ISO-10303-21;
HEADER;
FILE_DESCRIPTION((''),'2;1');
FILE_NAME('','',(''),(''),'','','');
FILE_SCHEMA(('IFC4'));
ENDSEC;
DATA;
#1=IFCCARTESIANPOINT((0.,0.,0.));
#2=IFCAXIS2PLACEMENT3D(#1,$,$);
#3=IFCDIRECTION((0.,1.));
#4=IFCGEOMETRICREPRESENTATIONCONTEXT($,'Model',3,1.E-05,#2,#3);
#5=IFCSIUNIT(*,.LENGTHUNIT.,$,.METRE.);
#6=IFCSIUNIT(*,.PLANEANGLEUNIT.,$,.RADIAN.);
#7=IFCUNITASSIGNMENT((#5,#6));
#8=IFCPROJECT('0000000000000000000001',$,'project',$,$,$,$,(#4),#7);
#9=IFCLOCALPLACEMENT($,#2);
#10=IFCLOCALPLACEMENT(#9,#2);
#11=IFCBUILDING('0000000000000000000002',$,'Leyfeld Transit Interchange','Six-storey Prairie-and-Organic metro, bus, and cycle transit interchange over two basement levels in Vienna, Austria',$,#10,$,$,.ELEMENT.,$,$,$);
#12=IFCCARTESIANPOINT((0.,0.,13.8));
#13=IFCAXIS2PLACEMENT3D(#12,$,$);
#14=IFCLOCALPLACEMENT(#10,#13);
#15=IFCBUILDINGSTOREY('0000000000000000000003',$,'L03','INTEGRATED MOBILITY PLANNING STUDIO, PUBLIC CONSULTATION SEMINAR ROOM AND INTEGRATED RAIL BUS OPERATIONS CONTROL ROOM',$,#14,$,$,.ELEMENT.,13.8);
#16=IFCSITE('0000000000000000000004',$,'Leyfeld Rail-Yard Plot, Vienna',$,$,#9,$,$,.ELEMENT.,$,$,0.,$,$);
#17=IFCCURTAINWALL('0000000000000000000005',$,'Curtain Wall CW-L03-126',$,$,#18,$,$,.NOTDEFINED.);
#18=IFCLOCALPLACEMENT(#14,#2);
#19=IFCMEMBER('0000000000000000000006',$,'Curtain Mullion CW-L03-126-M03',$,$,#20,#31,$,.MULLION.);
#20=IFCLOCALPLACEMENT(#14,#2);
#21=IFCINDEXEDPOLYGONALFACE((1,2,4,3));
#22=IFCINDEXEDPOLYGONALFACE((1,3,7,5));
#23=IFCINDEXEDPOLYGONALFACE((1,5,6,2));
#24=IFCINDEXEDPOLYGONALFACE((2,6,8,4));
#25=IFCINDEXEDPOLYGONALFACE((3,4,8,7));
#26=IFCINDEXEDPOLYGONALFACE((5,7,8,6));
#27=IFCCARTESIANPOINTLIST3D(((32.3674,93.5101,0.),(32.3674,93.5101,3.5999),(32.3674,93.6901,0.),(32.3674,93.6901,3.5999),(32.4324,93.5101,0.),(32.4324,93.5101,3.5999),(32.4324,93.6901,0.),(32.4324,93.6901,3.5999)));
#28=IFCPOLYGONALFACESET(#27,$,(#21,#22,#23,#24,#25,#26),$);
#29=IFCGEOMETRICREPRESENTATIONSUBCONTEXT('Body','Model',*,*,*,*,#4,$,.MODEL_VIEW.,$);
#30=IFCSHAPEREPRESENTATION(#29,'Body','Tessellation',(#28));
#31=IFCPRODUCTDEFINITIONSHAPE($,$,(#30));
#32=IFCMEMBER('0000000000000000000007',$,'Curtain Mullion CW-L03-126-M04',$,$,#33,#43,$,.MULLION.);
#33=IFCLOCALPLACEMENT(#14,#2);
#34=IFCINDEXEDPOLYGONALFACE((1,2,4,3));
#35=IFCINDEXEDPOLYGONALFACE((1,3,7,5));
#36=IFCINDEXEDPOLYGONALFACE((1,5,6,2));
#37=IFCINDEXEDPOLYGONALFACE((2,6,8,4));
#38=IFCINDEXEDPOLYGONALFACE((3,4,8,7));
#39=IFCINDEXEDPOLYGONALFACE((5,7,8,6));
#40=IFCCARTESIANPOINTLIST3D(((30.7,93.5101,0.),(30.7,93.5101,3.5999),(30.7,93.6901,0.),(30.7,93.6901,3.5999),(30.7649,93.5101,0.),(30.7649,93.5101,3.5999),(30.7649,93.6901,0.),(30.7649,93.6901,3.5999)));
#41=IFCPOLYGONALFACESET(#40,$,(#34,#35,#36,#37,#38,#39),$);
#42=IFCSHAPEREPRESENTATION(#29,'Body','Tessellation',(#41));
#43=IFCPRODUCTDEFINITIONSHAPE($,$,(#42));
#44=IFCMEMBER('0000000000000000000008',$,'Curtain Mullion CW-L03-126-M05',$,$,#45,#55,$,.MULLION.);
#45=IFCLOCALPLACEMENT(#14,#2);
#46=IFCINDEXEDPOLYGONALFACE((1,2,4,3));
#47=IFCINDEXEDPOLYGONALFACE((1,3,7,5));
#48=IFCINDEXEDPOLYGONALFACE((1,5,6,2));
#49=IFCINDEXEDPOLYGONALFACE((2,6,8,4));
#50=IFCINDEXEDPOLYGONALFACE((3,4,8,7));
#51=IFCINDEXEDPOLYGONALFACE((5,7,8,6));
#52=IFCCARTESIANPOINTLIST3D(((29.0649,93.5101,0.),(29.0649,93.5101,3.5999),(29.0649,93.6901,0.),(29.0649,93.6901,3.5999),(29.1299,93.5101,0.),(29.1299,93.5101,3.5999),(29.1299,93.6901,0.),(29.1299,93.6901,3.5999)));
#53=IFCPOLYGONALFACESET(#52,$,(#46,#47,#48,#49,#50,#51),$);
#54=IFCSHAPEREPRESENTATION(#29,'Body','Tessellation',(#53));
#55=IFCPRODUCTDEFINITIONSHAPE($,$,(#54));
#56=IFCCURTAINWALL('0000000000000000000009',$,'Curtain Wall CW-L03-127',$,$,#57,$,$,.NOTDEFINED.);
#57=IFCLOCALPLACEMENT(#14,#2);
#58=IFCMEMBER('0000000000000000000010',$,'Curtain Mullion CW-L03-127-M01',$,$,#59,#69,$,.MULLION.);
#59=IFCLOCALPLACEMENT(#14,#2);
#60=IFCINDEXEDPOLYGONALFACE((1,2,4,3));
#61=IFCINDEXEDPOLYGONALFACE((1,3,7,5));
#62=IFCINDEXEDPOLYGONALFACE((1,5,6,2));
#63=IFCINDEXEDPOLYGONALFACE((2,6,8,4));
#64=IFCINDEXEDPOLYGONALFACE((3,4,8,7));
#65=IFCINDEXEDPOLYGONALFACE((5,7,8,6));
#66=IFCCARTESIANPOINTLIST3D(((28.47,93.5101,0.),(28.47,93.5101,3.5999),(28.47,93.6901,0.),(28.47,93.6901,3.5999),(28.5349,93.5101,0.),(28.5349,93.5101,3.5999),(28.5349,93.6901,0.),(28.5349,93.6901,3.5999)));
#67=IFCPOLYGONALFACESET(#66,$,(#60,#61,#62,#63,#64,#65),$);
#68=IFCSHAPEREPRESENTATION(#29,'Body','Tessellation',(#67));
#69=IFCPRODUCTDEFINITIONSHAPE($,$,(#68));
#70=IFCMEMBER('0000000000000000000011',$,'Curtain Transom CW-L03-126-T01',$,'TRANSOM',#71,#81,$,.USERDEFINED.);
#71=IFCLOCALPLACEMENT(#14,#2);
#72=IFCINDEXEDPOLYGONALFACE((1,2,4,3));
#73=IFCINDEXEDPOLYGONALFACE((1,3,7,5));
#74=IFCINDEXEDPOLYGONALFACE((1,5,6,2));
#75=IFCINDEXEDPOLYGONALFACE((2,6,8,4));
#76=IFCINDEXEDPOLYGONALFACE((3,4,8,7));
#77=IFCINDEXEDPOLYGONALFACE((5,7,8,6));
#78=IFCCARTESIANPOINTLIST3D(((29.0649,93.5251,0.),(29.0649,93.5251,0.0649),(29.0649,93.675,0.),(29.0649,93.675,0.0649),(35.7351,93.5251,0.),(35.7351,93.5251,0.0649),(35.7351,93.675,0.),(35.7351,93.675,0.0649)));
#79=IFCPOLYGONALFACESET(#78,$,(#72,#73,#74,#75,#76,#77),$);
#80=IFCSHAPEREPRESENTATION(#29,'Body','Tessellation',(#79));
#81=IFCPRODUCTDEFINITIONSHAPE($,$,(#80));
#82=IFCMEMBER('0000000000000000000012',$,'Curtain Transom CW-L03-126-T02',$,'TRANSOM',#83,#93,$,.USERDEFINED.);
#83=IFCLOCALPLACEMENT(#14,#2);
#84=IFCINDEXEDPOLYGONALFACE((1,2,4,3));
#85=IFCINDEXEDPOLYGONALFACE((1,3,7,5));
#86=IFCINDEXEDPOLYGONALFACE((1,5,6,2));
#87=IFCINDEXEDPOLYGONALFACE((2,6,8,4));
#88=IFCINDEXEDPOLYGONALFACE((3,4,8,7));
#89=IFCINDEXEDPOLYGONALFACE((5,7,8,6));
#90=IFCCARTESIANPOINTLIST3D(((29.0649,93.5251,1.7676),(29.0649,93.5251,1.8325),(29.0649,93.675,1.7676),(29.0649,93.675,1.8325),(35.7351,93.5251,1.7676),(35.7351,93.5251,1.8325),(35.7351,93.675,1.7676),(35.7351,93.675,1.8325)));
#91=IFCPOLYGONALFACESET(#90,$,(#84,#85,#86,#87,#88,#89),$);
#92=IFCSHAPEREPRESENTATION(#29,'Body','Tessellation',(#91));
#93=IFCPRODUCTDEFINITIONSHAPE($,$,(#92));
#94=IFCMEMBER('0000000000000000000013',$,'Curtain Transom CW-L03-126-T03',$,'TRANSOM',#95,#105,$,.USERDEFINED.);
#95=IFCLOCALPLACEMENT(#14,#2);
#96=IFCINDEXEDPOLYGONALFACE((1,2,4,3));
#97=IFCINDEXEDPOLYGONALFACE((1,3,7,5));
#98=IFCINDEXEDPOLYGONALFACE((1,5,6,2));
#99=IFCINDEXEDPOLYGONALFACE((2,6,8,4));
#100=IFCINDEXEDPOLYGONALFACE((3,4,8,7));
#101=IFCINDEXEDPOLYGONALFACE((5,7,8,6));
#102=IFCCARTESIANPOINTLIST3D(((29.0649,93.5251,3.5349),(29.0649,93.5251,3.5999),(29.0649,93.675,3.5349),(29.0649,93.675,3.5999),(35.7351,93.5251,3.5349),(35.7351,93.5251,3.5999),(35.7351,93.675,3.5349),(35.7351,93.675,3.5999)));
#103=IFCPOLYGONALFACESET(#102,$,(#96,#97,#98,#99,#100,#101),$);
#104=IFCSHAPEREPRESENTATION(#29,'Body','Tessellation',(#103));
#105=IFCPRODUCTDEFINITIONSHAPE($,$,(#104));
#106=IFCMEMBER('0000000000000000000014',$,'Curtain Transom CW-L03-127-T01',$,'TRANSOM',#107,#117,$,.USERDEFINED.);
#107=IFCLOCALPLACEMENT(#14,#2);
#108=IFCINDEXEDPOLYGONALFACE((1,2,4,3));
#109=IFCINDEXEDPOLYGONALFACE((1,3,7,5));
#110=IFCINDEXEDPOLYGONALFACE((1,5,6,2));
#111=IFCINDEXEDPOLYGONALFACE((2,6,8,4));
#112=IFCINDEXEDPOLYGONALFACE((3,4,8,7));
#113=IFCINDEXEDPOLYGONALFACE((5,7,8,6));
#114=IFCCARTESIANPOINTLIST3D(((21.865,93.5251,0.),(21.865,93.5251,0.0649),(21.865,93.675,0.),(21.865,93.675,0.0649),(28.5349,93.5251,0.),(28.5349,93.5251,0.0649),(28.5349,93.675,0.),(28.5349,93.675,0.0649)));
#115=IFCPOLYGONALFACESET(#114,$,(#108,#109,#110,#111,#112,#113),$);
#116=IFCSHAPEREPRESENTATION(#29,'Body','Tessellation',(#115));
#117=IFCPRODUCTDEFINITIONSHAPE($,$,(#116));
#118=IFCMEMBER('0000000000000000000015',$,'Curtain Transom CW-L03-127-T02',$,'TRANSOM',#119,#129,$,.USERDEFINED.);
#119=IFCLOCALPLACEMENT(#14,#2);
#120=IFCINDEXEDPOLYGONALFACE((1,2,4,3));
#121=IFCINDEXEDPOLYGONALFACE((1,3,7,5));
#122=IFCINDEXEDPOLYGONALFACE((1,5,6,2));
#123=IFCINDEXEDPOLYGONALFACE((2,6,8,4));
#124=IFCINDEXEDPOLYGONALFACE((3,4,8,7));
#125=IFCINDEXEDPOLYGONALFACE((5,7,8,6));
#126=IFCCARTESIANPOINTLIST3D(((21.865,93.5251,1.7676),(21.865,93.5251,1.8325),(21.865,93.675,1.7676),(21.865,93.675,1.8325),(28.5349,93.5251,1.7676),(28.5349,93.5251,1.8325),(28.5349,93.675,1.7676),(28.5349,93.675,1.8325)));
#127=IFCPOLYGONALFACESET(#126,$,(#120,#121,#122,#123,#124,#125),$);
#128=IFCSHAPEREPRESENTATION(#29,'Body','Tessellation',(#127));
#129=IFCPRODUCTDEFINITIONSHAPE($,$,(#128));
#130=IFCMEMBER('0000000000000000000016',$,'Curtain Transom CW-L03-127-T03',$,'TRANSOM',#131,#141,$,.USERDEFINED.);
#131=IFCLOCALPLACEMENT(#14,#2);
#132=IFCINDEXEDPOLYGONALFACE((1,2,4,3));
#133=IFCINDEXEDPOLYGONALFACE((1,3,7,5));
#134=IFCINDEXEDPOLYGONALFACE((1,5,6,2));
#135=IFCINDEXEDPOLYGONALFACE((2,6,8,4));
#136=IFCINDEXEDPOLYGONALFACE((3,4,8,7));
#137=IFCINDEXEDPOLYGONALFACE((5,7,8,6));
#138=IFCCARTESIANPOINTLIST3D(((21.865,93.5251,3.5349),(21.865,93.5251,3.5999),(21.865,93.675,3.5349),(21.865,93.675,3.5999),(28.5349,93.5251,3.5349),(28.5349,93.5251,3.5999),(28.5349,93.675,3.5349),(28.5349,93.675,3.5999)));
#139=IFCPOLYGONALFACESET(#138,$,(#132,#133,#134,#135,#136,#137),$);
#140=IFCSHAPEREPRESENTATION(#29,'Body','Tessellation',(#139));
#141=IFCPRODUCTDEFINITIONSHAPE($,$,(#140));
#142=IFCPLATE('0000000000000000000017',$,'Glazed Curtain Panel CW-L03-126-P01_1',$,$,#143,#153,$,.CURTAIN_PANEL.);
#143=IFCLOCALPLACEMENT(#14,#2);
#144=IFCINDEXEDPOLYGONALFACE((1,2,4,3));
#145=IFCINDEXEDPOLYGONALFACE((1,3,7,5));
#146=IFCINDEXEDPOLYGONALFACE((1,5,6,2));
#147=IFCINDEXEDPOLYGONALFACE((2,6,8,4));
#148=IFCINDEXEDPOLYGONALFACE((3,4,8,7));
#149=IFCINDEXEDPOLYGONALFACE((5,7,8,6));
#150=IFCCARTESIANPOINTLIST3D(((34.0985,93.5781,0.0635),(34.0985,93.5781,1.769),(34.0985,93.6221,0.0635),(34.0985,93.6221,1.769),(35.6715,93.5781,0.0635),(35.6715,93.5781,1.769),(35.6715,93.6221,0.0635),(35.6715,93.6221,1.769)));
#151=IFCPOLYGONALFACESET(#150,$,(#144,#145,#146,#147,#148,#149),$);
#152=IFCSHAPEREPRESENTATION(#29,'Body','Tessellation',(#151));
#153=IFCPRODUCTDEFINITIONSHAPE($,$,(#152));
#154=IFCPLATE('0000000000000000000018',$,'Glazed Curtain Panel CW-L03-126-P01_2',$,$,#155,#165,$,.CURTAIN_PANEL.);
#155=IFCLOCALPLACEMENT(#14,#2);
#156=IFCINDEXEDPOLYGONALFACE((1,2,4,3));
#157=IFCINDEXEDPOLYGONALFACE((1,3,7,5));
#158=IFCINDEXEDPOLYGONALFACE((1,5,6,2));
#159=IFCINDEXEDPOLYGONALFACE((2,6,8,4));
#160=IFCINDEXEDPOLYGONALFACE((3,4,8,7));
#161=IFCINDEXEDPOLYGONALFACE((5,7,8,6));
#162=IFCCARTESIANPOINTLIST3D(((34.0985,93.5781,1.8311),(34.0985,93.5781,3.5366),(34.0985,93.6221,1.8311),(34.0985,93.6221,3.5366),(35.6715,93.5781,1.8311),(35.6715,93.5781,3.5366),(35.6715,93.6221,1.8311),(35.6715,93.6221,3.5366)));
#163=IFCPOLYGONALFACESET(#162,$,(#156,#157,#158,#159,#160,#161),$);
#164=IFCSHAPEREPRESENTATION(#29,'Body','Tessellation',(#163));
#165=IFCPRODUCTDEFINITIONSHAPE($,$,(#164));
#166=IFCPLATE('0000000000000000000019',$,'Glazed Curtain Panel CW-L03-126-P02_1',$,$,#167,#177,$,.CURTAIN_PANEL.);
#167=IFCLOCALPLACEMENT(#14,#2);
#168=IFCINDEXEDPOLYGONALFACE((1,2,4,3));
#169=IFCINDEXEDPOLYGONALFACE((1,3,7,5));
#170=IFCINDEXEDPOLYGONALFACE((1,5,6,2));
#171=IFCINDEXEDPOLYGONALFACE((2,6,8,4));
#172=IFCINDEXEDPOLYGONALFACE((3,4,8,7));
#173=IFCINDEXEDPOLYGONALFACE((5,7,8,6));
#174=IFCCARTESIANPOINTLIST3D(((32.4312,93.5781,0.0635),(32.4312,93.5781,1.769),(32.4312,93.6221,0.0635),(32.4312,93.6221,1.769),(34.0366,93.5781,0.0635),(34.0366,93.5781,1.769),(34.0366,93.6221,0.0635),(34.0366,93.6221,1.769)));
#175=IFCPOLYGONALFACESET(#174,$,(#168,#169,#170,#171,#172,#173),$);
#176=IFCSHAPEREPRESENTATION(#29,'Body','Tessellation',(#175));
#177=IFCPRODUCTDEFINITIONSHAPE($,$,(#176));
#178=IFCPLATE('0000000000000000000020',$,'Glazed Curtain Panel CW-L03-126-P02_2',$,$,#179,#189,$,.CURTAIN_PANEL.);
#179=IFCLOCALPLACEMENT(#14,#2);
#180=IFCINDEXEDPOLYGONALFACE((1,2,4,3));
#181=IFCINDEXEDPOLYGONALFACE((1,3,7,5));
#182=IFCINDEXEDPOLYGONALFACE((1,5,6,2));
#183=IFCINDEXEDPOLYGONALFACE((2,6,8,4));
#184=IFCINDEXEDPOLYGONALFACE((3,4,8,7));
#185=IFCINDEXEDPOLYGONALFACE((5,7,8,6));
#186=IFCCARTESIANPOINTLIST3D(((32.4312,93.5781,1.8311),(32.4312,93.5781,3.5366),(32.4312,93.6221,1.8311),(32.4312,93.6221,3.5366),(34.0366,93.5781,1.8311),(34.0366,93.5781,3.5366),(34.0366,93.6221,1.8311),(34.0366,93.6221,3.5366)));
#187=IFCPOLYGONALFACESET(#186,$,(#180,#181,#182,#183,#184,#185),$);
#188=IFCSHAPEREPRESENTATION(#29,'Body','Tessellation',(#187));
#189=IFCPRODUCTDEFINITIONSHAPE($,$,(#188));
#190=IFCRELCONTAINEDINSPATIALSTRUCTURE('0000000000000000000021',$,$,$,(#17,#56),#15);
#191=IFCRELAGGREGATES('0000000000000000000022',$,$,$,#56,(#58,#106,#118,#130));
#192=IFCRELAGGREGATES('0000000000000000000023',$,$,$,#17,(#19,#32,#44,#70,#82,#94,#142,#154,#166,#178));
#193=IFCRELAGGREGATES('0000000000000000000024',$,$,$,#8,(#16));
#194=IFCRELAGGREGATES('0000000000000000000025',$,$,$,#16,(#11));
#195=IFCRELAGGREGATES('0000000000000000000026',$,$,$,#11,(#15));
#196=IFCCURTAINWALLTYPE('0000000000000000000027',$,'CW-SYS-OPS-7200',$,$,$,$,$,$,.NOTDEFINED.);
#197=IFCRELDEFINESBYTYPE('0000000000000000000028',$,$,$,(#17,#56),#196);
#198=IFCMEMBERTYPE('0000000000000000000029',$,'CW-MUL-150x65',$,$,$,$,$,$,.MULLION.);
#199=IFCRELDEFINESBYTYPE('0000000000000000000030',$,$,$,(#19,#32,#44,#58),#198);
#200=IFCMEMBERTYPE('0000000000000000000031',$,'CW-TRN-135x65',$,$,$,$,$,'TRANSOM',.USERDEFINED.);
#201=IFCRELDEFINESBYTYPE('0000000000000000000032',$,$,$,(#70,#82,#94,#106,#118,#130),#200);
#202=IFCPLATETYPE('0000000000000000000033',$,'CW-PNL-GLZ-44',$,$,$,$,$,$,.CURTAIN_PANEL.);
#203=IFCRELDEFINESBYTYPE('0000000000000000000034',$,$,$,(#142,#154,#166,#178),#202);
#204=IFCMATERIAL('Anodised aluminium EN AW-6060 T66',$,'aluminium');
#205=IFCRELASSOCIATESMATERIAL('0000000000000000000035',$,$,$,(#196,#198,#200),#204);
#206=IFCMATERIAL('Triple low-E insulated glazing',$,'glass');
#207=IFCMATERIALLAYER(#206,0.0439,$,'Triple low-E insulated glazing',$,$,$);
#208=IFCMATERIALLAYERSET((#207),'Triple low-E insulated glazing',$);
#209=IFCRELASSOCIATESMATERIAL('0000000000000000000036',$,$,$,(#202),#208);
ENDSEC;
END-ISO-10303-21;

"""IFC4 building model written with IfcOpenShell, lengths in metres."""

from ifc_helpers import new_model, si_unit, direction, frame, origin, origin_2d, place, context, subcontext, project, spatial, rectangle, extrude, material, layer, layer_set, material_profile, profile_set, type_object, element, aggregate, save


model = new_model("IFC4")

# Units and contexts
model_context = context("Model", 3, precision=1e-05, world=origin(), true_north=direction((0.0, 1.0)))
body_context = subcontext(model_context, "Body", "Model", "MODEL_VIEW")
ifc_project = project(units=[si_unit("LENGTHUNIT", "METRE"), si_unit("PLANEANGLEUNIT", "RADIAN")], contexts=[model_context])

# Site, building, storey
site_placement = place(None, origin())
site = spatial("IfcSite", under=ifc_project, at=site_placement, Name="Leyfeld Rail-Yard Plot, Vienna", CompositionType="ELEMENT", RefElevation=0.0)
building_placement = place(site_placement, origin())
building = spatial("IfcBuilding", under=site, at=building_placement, Name="Leyfeld Transit Interchange", Description="Six-storey Prairie-and-Organic metro, bus, and cycle transit interchange over two basement levels in Vienna, Austria", CompositionType="ELEMENT")
storey_placement = place(building_placement, frame((0.0, 0.0, 13.8)))
storey = spatial("IfcBuildingStorey", under=building, at=storey_placement, Name="L03", Description="INTEGRATED MOBILITY PLANNING STUDIO, PUBLIC CONSULTATION SEMINAR ROOM AND INTEGRATED RAIL BUS OPERATIONS CONTROL ROOM", CompositionType="ELEMENT", Elevation=13.8)

# Curtain wall, members
ifc_material_1 = material(Name="Anodised aluminium EN AW-6060 T66", Category="aluminium")
curtain_wall_type = type_object("IfcCurtainWallType", Name="CW-SYS-OPS-7200", PredefinedType="NOTDEFINED", material=ifc_material_1)
curtain_wall_1_placement = place(storey_placement, origin())
curtain_wall_1 = element("IfcCurtainWall", 1, at=curtain_wall_1_placement, inside=storey, type_object=curtain_wall_type, Name="Curtain Wall CW-L03-126", PredefinedType="NOTDEFINED")
ifc_material_profile_1 = material_profile(ifc_material_1, rectangle(XDim=0.0649, YDim=0.1799, at=origin_2d()), Name="CW-M 65x180")
ifc_profile_set_1 = profile_set([ifc_material_profile_1], Name="Anodised aluminium EN AW-6060 T66")
member_type_1 = type_object("IfcMemberType", Name="CW-MUL-150x65", PredefinedType="MULLION", material=ifc_profile_set_1)
member_1_placement = place(storey_placement, frame((32.3999, 93.6001, 0.0), z_axis=(0.0, 0.0, 1.0), x_axis=(-1.0, 0.0, 0.0)))
member_1 = element("IfcMember", 2, at=member_1_placement, type_object=member_type_1, Name="Curtain Mullion CW-L03-126-M03", PredefinedType="MULLION", context=body_context, shape_type="SweptSolid", body=[
    extrude(rectangle(XDim=0.0649, YDim=0.1799, at=origin_2d()), origin(), (0.0, 0.0, 1.0), 3.5999),
])
member_2_placement = place(storey_placement, frame((30.7324, 93.6001, 0.0), z_axis=(0.0, 0.0, 1.0), x_axis=(-1.0, 0.0, 0.0)))
member_2 = element("IfcMember", 3, at=member_2_placement, type_object=member_type_1, Name="Curtain Mullion CW-L03-126-M04", PredefinedType="MULLION", context=body_context, shape_type="SweptSolid", body=[
    extrude(rectangle(XDim=0.0649, YDim=0.1799, at=origin_2d()), origin(), (0.0, 0.0, 1.0), 3.5999),
])
member_3_placement = place(storey_placement, frame((29.0974, 93.6001, 0.0), z_axis=(0.0, 0.0, 1.0), x_axis=(-1.0, 0.0, 0.0)))
member_3 = element("IfcMember", 4, at=member_3_placement, type_object=member_type_1, Name="Curtain Mullion CW-L03-126-M05", PredefinedType="MULLION", context=body_context, shape_type="SweptSolid", body=[
    extrude(rectangle(XDim=0.0649, YDim=0.1799, at=origin_2d()), origin(), (0.0, 0.0, 1.0), 3.5999),
])

# Curtain wall, member
curtain_wall_2_placement = place(storey_placement, origin())
curtain_wall_2 = element("IfcCurtainWall", 5, at=curtain_wall_2_placement, inside=storey, type_object=curtain_wall_type, Name="Curtain Wall CW-L03-127", PredefinedType="NOTDEFINED")
member_4_placement = place(storey_placement, frame((28.5024, 93.6001, 0.0), z_axis=(0.0, 0.0, 1.0), x_axis=(-1.0, 0.0, 0.0)))
member_4 = element("IfcMember", 6, at=member_4_placement, type_object=member_type_1, Name="Curtain Mullion CW-L03-127-M01", PredefinedType="MULLION", context=body_context, shape_type="SweptSolid", body=[
    extrude(rectangle(XDim=0.0649, YDim=0.1799, at=origin_2d()), origin(), (0.0, 0.0, 1.0), 3.5999),
])

# Members
ifc_material_profile_2 = material_profile(ifc_material_1, rectangle(XDim=0.1499, YDim=0.0649, at=origin_2d()), Name="CW-TRN-135x65")
ifc_profile_set_2 = profile_set([ifc_material_profile_2], Name="Anodised aluminium EN AW-6060 T66")
member_type_2 = type_object("IfcMemberType", Name="CW-TRN-135x65", ElementType="TRANSOM", PredefinedType="USERDEFINED", material=ifc_profile_set_2)
member_5_placement = place(storey_placement, frame((35.7351, 93.6001, 0.0325), z_axis=(-1.0, 0.0, 0.0), x_axis=(0.0, -1.0, 0.0)))
member_5 = element("IfcMember", 7, at=member_5_placement, type_object=member_type_2, Name="Curtain Transom CW-L03-126-T01", ObjectType="TRANSOM", PredefinedType="USERDEFINED", context=body_context, shape_type="SweptSolid", body=[
    extrude(rectangle(XDim=0.1499, YDim=0.0649, at=origin_2d()), origin(), (0.0, 0.0, 1.0), 6.6702),
])
member_6_placement = place(storey_placement, frame((35.7351, 93.6001, 1.8), z_axis=(-1.0, 0.0, 0.0), x_axis=(0.0, -1.0, 0.0)))
member_6 = element("IfcMember", 8, at=member_6_placement, type_object=member_type_2, Name="Curtain Transom CW-L03-126-T02", ObjectType="TRANSOM", PredefinedType="USERDEFINED", context=body_context, shape_type="SweptSolid", body=[
    extrude(rectangle(XDim=0.1499, YDim=0.0649, at=origin_2d()), origin(), (0.0, 0.0, 1.0), 6.6702),
])
member_7_placement = place(storey_placement, frame((35.7351, 93.6001, 3.5674), z_axis=(-1.0, 0.0, 0.0), x_axis=(0.0, -1.0, 0.0)))
member_7 = element("IfcMember", 9, at=member_7_placement, type_object=member_type_2, Name="Curtain Transom CW-L03-126-T03", ObjectType="TRANSOM", PredefinedType="USERDEFINED", context=body_context, shape_type="SweptSolid", body=[
    extrude(rectangle(XDim=0.1499, YDim=0.0649, at=origin_2d()), origin(), (0.0, 0.0, 1.0), 6.6702),
])
member_8_placement = place(storey_placement, frame((28.5349, 93.6001, 0.0325), z_axis=(-1.0, 0.0, 0.0), x_axis=(0.0, -1.0, 0.0)))
member_8 = element("IfcMember", 10, at=member_8_placement, type_object=member_type_2, Name="Curtain Transom CW-L03-127-T01", ObjectType="TRANSOM", PredefinedType="USERDEFINED", context=body_context, shape_type="SweptSolid", body=[
    extrude(rectangle(XDim=0.1499, YDim=0.0649, at=origin_2d()), origin(), (0.0, 0.0, 1.0), 6.6699),
])
member_9_placement = place(storey_placement, frame((28.5349, 93.6001, 1.8), z_axis=(-1.0, 0.0, 0.0), x_axis=(0.0, -1.0, 0.0)))
member_9 = element("IfcMember", 11, at=member_9_placement, type_object=member_type_2, Name="Curtain Transom CW-L03-127-T02", ObjectType="TRANSOM", PredefinedType="USERDEFINED", context=body_context, shape_type="SweptSolid", body=[
    extrude(rectangle(XDim=0.1499, YDim=0.0649, at=origin_2d()), origin(), (0.0, 0.0, 1.0), 6.6699),
])
member_10_placement = place(storey_placement, frame((28.5349, 93.6001, 3.5674), z_axis=(-1.0, 0.0, 0.0), x_axis=(0.0, -1.0, 0.0)))
member_10 = element("IfcMember", 12, at=member_10_placement, type_object=member_type_2, Name="Curtain Transom CW-L03-127-T03", ObjectType="TRANSOM", PredefinedType="USERDEFINED", context=body_context, shape_type="SweptSolid", body=[
    extrude(rectangle(XDim=0.1499, YDim=0.0649, at=origin_2d()), origin(), (0.0, 0.0, 1.0), 6.6699),
])
aggregate(curtain_wall_2, [member_4, member_8, member_9, member_10])

# Plates
ifc_material_2 = material(Name="Triple low-E insulated glazing", Category="glass")
ifc_layer = layer(ifc_material_2, 0.0439, Name="Triple low-E insulated glazing")
ifc_layer_set = layer_set([ifc_layer], Name="Triple low-E insulated glazing")
plate_type = type_object("IfcPlateType", Name="CW-PNL-GLZ-44", PredefinedType="CURTAIN_PANEL", material=ifc_layer_set)
plate_1_placement = place(storey_placement, frame((34.885, 93.6001, 0.0635), z_axis=(0.0, 0.0, 1.0), x_axis=(-1.0, 0.0, 0.0)))
plate_1 = element("IfcPlate", 13, at=plate_1_placement, type_object=plate_type, Name="Glazed Curtain Panel CW-L03-126-P01_1", PredefinedType="CURTAIN_PANEL", context=body_context, shape_type="SweptSolid", body=[
    extrude(rectangle(XDim=1.573, YDim=0.0439, at=origin_2d()), origin(), (0.0, 0.0, 1.0), 1.7056),
])
plate_2_placement = place(storey_placement, frame((34.885, 93.6001, 1.8311), z_axis=(0.0, 0.0, 1.0), x_axis=(-1.0, 0.0, 0.0)))
plate_2 = element("IfcPlate", 14, at=plate_2_placement, type_object=plate_type, Name="Glazed Curtain Panel CW-L03-126-P01_2", PredefinedType="CURTAIN_PANEL", context=body_context, shape_type="SweptSolid", body=[
    extrude(rectangle(XDim=1.573, YDim=0.0439, at=origin_2d()), origin(), (0.0, 0.0, 1.0), 1.7056),
])
plate_3_placement = place(storey_placement, frame((33.2339, 93.6001, 0.0635), z_axis=(0.0, 0.0, 1.0), x_axis=(-1.0, 0.0, 0.0)))
plate_3 = element("IfcPlate", 15, at=plate_3_placement, type_object=plate_type, Name="Glazed Curtain Panel CW-L03-126-P02_1", PredefinedType="CURTAIN_PANEL", context=body_context, shape_type="SweptSolid", body=[
    extrude(rectangle(XDim=1.6055, YDim=0.0439, at=origin_2d()), origin(), (0.0, 0.0, 1.0), 1.7056),
])
plate_4_placement = place(storey_placement, frame((33.2339, 93.6001, 1.8311), z_axis=(0.0, 0.0, 1.0), x_axis=(-1.0, 0.0, 0.0)))
plate_4 = element("IfcPlate", 16, at=plate_4_placement, type_object=plate_type, Name="Glazed Curtain Panel CW-L03-126-P02_2", PredefinedType="CURTAIN_PANEL", context=body_context, shape_type="SweptSolid", body=[
    extrude(rectangle(XDim=1.6055, YDim=0.0439, at=origin_2d()), origin(), (0.0, 0.0, 1.0), 1.7056),
])
aggregate(curtain_wall_1, [member_1, member_2, member_3, member_5, member_6, member_7, plate_1, plate_2, plate_3, plate_4])

save(model, "model.ifc")
